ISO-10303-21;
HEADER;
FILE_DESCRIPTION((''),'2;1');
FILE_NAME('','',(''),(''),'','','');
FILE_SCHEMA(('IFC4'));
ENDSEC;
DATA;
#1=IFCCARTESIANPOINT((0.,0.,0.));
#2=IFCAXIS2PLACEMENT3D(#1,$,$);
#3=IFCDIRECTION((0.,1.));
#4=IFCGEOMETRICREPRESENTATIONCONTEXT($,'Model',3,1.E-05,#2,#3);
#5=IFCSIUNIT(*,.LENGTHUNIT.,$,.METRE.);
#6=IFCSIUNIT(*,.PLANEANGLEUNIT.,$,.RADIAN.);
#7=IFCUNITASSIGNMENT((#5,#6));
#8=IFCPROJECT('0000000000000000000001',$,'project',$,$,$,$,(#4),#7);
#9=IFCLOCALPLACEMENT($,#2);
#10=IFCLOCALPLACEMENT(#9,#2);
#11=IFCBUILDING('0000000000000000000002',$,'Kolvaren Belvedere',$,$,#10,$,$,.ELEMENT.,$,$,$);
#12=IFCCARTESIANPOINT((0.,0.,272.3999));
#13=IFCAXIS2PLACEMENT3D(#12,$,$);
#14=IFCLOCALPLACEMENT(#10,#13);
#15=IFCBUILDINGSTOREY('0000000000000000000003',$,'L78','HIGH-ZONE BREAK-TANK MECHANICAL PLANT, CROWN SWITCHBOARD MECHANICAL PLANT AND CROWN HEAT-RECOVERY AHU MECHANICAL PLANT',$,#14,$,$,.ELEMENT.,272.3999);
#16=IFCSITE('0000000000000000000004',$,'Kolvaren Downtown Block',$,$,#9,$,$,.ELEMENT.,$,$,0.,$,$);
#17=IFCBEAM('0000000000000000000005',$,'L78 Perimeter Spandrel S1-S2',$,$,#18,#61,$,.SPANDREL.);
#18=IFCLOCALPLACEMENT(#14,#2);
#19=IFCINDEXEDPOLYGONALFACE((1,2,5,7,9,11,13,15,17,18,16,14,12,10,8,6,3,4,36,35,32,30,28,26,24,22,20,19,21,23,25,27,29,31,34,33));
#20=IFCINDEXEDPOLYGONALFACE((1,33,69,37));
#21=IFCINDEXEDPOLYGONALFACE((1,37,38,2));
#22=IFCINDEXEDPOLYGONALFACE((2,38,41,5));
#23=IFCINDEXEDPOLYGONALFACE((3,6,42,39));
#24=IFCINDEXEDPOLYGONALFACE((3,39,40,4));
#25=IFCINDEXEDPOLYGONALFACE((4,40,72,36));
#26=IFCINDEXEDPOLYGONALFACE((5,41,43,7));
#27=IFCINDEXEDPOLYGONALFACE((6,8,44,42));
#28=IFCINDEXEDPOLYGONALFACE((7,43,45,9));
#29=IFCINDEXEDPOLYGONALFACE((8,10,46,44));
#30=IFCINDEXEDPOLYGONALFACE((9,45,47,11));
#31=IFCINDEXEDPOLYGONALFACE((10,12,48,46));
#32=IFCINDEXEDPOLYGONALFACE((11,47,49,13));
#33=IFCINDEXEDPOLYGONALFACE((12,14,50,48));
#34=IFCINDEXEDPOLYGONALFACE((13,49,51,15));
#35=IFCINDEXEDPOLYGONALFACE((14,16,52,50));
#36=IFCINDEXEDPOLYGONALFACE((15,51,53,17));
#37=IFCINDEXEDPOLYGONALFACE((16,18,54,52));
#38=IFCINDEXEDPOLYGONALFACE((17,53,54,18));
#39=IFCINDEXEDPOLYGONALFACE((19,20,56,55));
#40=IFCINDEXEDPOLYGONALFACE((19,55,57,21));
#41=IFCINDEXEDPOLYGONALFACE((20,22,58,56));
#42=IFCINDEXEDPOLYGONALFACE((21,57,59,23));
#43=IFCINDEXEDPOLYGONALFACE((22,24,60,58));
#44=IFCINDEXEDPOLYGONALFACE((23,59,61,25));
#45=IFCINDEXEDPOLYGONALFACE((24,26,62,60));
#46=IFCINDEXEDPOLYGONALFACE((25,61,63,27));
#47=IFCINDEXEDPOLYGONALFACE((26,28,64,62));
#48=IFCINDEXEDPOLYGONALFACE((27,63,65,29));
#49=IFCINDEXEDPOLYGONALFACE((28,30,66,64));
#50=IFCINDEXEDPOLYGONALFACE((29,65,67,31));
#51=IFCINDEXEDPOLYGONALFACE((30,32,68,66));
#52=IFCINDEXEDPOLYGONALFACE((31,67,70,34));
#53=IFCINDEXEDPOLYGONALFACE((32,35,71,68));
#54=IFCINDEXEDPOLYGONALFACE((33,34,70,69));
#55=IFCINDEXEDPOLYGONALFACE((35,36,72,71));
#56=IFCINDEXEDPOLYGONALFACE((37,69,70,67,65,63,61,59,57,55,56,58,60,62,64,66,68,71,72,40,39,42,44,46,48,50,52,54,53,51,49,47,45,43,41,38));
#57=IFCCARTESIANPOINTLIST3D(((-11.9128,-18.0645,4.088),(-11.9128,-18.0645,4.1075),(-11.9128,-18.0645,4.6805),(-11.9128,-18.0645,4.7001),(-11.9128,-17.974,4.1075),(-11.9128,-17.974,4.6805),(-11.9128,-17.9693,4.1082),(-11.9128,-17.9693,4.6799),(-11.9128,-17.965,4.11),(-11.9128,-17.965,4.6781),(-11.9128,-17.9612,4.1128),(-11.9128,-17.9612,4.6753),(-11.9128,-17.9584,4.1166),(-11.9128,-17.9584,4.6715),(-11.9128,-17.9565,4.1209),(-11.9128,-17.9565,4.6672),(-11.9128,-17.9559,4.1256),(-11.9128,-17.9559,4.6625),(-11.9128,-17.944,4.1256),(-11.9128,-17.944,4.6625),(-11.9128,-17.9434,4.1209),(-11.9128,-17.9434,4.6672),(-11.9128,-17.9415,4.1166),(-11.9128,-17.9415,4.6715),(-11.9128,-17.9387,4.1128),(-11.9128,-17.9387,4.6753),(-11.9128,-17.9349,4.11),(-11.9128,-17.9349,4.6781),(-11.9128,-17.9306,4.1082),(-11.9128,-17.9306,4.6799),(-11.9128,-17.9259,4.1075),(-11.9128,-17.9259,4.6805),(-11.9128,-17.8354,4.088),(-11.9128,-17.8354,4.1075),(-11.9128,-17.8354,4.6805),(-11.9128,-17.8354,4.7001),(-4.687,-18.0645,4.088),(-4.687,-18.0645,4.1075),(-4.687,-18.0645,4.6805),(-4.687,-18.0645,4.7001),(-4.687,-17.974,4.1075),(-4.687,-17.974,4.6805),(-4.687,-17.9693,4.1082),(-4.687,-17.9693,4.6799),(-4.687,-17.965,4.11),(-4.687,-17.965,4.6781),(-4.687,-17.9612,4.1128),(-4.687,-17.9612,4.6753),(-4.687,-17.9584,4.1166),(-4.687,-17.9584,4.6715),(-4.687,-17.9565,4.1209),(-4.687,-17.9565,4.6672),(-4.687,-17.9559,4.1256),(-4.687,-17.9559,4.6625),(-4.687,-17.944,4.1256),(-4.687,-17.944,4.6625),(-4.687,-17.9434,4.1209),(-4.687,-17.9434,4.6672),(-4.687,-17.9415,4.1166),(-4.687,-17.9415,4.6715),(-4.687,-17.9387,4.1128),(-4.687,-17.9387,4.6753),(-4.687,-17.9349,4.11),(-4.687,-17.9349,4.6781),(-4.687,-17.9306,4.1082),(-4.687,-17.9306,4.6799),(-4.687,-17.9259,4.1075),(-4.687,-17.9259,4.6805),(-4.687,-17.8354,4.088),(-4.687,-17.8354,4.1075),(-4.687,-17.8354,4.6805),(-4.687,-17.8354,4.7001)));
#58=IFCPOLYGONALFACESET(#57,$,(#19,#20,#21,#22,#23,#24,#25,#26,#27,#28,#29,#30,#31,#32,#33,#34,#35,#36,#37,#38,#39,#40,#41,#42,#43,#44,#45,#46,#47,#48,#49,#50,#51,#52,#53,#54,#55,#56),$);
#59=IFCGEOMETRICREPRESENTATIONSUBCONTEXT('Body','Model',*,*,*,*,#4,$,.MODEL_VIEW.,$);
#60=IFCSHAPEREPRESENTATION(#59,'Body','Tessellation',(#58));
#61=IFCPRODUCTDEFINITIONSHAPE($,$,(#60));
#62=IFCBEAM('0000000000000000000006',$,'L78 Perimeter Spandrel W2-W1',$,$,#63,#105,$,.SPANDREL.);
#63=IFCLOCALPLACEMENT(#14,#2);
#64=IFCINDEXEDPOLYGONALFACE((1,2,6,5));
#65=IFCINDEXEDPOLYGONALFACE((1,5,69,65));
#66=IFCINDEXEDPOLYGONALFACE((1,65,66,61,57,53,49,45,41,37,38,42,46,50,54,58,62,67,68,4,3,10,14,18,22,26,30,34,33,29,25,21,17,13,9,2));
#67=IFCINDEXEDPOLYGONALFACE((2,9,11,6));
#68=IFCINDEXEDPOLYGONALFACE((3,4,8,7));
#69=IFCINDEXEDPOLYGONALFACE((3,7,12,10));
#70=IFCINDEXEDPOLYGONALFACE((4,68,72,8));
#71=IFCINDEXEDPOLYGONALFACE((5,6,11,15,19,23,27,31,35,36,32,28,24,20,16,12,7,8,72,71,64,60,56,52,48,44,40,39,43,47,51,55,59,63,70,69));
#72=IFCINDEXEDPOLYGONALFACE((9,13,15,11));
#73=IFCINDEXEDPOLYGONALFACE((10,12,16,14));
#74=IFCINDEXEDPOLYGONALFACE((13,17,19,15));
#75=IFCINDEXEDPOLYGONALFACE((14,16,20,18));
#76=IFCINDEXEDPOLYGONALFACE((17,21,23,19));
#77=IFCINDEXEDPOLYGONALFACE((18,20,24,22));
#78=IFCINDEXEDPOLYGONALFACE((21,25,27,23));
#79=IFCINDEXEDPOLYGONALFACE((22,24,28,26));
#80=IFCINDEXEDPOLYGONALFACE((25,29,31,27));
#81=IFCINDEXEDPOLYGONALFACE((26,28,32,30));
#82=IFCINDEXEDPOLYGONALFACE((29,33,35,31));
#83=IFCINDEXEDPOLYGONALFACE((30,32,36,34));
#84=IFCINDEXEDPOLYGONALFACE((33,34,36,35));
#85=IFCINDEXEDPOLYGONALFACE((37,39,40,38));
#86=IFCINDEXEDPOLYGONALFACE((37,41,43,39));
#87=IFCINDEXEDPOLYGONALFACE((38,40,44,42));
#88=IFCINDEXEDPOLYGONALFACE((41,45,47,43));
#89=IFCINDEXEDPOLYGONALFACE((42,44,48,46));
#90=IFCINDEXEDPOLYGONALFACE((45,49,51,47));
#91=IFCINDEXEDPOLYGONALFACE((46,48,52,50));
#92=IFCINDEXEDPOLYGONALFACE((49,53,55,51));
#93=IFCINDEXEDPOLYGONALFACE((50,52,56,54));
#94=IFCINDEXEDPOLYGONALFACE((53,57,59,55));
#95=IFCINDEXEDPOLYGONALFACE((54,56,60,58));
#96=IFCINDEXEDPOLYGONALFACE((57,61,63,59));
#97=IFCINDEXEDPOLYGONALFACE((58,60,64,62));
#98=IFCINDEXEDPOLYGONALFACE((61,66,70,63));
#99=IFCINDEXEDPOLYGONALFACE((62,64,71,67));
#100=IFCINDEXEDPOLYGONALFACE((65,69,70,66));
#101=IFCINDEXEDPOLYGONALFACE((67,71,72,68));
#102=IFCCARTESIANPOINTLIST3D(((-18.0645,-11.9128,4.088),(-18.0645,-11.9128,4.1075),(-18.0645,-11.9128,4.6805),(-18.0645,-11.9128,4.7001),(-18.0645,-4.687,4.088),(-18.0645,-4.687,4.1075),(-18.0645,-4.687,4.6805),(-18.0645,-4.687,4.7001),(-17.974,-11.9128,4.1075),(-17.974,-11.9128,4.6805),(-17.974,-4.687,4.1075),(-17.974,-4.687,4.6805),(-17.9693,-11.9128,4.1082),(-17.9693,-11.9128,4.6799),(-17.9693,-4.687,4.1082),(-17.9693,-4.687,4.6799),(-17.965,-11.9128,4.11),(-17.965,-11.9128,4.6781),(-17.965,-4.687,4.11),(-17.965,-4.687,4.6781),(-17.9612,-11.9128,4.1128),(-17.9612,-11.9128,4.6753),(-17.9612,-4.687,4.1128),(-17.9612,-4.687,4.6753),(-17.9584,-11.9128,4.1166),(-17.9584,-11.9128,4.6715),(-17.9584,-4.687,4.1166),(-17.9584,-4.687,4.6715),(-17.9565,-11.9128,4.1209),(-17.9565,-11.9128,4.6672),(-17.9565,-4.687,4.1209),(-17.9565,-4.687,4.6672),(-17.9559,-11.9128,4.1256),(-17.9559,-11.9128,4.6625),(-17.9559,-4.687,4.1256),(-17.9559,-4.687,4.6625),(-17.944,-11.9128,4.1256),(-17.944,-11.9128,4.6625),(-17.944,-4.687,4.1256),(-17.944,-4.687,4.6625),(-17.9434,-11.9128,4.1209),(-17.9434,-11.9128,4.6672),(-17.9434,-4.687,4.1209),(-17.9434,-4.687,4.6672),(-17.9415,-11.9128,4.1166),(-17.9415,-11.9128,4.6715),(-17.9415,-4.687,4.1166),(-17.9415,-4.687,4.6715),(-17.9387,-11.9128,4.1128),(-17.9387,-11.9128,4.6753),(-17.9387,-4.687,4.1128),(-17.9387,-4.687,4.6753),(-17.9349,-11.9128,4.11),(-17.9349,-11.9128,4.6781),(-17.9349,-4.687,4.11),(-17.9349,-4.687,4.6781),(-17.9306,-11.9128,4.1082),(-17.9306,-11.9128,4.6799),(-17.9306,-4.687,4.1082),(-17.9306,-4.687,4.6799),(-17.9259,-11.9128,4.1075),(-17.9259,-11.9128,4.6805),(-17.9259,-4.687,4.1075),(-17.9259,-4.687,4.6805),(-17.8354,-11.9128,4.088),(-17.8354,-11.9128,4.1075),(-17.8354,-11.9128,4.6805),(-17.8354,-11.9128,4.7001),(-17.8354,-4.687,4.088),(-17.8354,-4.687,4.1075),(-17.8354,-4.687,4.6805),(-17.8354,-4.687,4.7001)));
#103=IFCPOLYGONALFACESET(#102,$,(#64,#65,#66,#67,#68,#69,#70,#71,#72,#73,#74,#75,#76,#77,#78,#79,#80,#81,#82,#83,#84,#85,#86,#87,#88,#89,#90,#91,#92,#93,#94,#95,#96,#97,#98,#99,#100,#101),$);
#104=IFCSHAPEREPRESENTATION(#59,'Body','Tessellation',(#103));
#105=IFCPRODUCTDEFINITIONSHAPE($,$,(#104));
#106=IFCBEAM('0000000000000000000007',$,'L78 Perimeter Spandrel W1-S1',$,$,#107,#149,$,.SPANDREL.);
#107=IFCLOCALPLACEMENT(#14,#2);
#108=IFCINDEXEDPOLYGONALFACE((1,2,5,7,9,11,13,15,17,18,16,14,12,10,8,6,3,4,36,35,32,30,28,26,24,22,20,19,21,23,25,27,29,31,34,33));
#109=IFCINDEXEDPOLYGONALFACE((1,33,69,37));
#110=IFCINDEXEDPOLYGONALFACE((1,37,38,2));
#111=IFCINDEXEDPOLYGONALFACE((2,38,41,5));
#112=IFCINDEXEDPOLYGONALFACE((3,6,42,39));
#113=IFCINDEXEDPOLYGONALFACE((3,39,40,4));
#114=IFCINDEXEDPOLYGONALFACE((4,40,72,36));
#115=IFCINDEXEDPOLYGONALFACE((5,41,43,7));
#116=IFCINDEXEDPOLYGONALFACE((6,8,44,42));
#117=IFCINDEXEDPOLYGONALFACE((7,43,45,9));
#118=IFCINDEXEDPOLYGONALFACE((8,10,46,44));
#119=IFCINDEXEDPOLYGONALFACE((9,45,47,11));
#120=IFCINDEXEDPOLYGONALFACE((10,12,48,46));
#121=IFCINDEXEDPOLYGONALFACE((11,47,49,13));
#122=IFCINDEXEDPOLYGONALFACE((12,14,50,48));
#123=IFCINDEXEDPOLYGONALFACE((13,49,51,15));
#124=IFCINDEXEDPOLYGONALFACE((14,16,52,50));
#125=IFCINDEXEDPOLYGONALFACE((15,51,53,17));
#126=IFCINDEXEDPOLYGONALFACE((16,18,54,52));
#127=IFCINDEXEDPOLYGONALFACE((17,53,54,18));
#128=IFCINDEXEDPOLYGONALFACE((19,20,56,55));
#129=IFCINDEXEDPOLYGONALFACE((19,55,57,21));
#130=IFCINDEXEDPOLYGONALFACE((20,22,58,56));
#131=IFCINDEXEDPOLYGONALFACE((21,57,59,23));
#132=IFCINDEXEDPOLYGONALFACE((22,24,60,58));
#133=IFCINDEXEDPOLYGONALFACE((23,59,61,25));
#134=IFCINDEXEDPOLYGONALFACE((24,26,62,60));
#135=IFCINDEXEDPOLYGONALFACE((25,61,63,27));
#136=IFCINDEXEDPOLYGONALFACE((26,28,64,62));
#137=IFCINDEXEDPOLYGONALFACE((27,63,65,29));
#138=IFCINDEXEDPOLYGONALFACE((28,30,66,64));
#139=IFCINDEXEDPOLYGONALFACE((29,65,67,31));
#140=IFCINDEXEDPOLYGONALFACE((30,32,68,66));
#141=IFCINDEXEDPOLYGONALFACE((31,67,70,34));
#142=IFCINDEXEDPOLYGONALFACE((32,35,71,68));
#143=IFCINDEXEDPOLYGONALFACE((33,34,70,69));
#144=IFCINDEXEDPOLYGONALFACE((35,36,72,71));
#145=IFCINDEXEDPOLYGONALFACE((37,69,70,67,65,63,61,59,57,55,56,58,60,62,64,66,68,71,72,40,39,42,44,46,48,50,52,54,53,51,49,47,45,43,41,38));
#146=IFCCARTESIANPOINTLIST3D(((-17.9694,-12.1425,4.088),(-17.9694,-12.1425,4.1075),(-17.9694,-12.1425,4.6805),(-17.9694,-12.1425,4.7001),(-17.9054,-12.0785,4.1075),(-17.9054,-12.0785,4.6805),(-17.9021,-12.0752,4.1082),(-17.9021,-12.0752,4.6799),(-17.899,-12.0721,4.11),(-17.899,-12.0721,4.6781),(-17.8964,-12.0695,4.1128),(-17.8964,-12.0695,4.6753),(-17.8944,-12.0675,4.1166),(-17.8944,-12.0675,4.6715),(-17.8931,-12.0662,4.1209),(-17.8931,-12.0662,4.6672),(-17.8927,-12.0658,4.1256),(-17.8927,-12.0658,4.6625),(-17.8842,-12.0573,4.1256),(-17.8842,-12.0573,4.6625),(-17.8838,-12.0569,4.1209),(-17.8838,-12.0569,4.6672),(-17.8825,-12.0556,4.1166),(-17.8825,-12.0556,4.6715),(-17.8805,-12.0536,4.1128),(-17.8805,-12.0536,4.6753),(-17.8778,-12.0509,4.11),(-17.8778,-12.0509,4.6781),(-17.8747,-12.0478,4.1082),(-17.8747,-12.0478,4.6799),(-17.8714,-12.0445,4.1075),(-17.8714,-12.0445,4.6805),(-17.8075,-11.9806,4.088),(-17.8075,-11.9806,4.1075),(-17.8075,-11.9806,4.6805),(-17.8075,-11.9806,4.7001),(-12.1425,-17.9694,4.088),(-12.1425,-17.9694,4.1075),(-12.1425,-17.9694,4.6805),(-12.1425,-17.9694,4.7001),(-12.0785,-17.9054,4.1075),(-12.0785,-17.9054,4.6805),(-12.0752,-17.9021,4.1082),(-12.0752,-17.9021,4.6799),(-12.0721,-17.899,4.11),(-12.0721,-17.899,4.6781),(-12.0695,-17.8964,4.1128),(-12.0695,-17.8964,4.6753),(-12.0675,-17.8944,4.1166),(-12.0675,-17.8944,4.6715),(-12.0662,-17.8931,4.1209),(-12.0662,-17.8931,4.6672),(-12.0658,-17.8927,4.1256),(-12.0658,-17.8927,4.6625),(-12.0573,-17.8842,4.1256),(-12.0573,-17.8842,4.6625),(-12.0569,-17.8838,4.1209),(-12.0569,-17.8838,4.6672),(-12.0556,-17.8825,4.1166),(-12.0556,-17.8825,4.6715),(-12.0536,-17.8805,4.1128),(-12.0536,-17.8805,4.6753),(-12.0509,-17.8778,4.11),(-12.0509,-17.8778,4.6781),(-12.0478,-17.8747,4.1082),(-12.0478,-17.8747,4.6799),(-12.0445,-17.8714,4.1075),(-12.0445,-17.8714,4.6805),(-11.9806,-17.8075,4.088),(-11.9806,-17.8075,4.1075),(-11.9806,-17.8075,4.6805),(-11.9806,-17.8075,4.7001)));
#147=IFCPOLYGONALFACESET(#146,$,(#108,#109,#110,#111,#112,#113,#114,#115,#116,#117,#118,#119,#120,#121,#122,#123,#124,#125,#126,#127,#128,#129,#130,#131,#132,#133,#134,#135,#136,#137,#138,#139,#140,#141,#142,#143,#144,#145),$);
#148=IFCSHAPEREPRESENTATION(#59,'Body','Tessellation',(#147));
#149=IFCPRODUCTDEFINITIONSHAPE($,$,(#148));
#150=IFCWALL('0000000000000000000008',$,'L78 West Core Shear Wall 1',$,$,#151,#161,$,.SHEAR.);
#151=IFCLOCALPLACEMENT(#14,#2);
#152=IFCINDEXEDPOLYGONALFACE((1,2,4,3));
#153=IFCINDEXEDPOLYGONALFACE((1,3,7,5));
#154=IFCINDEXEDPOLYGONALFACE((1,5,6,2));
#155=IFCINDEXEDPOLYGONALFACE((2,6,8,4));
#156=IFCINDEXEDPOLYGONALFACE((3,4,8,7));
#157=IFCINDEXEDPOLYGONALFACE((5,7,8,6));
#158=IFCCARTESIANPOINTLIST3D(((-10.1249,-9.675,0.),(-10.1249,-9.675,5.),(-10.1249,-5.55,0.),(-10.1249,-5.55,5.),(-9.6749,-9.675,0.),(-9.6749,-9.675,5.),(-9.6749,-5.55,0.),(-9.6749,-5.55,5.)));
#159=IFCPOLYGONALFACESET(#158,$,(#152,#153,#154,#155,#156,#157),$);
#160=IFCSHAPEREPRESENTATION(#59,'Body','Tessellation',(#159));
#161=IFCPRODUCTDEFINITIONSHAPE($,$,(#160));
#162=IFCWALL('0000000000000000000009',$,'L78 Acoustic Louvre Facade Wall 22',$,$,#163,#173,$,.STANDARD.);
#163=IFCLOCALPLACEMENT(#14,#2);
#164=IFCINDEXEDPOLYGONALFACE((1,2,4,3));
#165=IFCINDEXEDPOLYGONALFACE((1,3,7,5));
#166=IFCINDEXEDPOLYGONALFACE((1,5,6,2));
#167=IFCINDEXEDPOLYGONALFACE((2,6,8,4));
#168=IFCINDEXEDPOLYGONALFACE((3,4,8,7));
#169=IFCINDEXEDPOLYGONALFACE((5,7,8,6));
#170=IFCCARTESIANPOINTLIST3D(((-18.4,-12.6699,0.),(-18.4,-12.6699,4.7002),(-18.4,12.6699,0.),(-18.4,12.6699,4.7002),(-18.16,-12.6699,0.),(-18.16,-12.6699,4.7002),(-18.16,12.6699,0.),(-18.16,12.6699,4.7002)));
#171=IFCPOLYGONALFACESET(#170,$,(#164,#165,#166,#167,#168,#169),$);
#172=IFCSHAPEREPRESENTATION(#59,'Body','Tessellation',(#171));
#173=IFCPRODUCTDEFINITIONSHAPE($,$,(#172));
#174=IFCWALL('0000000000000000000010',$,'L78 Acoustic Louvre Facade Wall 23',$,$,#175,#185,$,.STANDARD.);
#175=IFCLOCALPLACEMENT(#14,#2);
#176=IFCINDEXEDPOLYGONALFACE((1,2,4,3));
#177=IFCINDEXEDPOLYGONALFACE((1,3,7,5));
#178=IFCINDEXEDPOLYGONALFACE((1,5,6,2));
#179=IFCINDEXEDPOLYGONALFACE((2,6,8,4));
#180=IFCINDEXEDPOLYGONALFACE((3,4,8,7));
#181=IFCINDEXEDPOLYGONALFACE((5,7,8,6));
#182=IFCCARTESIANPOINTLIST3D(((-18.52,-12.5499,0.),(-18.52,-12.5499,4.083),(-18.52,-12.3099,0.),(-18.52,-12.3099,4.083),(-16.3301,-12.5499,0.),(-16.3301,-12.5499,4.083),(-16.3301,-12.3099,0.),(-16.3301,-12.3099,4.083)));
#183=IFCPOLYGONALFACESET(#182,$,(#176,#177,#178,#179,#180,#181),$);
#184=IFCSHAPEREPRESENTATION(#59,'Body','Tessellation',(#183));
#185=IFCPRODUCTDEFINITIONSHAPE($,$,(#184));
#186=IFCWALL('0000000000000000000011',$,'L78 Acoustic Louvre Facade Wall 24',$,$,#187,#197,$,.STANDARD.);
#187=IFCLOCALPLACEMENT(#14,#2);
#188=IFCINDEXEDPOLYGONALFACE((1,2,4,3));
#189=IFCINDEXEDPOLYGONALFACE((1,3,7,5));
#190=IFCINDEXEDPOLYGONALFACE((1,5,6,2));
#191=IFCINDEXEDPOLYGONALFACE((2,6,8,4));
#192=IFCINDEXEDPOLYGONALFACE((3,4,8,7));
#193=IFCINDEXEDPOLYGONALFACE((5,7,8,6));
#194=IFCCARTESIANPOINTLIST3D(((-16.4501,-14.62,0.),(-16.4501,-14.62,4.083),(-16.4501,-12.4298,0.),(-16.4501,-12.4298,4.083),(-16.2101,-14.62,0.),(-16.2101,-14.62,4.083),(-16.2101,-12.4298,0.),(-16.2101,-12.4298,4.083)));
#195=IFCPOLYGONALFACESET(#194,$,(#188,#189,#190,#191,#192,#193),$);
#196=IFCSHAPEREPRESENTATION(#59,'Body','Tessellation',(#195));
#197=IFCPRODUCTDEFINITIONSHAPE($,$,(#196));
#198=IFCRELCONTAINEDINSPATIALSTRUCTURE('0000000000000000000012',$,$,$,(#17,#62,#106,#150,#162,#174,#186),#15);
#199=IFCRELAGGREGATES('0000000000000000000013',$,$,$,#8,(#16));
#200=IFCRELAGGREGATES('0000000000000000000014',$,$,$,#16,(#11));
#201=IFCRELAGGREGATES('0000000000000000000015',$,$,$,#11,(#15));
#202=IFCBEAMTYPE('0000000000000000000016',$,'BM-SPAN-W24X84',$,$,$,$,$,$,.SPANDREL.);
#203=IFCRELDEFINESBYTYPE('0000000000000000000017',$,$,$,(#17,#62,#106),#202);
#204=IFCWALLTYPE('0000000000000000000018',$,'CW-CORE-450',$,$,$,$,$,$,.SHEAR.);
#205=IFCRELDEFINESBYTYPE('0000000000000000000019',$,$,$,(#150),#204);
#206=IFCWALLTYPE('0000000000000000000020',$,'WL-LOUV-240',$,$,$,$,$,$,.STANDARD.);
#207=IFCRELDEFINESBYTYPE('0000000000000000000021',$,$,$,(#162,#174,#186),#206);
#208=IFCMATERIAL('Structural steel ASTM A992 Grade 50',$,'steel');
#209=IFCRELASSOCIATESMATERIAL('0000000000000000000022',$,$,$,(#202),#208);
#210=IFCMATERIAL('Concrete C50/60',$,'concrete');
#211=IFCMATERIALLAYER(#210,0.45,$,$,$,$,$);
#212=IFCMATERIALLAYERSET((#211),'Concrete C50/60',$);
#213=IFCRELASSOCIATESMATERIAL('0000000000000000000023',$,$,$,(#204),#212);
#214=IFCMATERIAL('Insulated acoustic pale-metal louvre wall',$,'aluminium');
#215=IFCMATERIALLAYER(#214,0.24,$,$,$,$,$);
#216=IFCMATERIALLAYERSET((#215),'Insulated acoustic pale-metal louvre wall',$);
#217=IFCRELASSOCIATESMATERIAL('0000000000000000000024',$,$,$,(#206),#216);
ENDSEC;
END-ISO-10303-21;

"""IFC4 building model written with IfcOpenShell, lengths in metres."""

from ifc_helpers import new_model, si_unit, direction, frame, frame_2d, origin, origin_2d, place, context, subcontext, project, spatial, rectangle, i_section, extrude, material, layer, layer_set, material_profile, profile_set, type_object, element, save


model = new_model("IFC4")

# Units and contexts
model_context = context("Model", 3, precision=1e-05, world=origin(), true_north=direction((0.0, 1.0)))
body_context = subcontext(model_context, "Body", "Model", "MODEL_VIEW")
ifc_project = project(units=[si_unit("LENGTHUNIT", "METRE"), si_unit("PLANEANGLEUNIT", "RADIAN")], contexts=[model_context])

# Site, building, storey
site_placement = place(None, origin())
site = spatial("IfcSite", under=ifc_project, at=site_placement, Name="Kolvaren Downtown Block", CompositionType="ELEMENT", RefElevation=0.0)
building_placement = place(site_placement, origin())
building = spatial("IfcBuilding", under=site, at=building_placement, Name="Kolvaren Belvedere", CompositionType="ELEMENT")
storey_placement = place(building_placement, frame((0.0, 0.0, 272.3999)))
storey = spatial("IfcBuildingStorey", under=building, at=storey_placement, Name="L78", Description="HIGH-ZONE BREAK-TANK MECHANICAL PLANT, CROWN SWITCHBOARD MECHANICAL PLANT AND CROWN HEAT-RECOVERY AHU MECHANICAL PLANT", CompositionType="ELEMENT", Elevation=272.3999)

# Beams
ifc_material_1 = material(Name="Structural steel ASTM A992 Grade 50", Category="steel")
ifc_material_profile_1 = material_profile(ifc_material_1, i_section(OverallWidth=0.229, OverallDepth=0.6121, WebThickness=0.012, FlangeThickness=0.0195, FilletRadius=0.0181, at=origin_2d()), Name="W24X84")
ifc_profile_set_1 = profile_set([ifc_material_profile_1], Name="Structural steel ASTM A992 Grade 50")
beam_type_1 = type_object("IfcBeamType", Name="BM-SPAN-W24X84", PredefinedType="SPANDREL", material=ifc_profile_set_1)
for number, where, z_axis, x_axis, name in (
    (1, (-11.9128, -17.95, 4.394), (1.0, 0.0, 0.0), (0.0, 1.0, 0.0), "L78 Perimeter Spandrel S1-S2"),
    (2, (-17.95, -4.687, 4.394), (0.0, -1.0, 0.0), (1.0, 0.0, 0.0), "L78 Perimeter Spandrel W2-W1"),
):
    element("IfcBeam", number, at=place(storey_placement, frame(where, z_axis=z_axis, x_axis=x_axis)), inside=storey, type_object=beam_type_1, Name=name, PredefinedType="SPANDREL", context=body_context, shape_type="SweptSolid", body=[
        extrude(i_section(OverallWidth=0.229, OverallDepth=0.6121, WebThickness=0.012, FlangeThickness=0.0195, FilletRadius=0.0181, at=origin_2d()), origin(), (0.0, 0.0, 1.0), 7.2258),
    ])
beam_1_placement = place(storey_placement, frame((-17.8884, -12.0615, 4.394), z_axis=(0.707107, -0.707107, 0.0), x_axis=(0.707107, 0.707107, 0.0)))
element("IfcBeam", 3, at=beam_1_placement, inside=storey, type_object=beam_type_1, Name="L78 Perimeter Spandrel W1-S1", PredefinedType="SPANDREL", context=body_context, shape_type="SweptSolid", body=[
    extrude(i_section(OverallWidth=0.229, OverallDepth=0.6121, WebThickness=0.012, FlangeThickness=0.0195, FilletRadius=0.0181, at=origin_2d()), origin(), (0.0, 0.0, 1.0), 8.2405),
])

# Walls
ifc_material_2 = material(Name="Concrete C50/60", Category="concrete")
ifc_layer_1 = layer(ifc_material_2, 0.45)
ifc_layer_set_1 = layer_set([ifc_layer_1], Name="Concrete C50/60")
wall_type_1 = type_object("IfcWallType", Name="CW-CORE-450", PredefinedType="SHEAR", material=ifc_layer_set_1)
wall_1_placement = place(storey_placement, frame((-9.8999, -9.675, 0.0), z_axis=(0.0, 0.0, 1.0), x_axis=(0.0, 1.0, 0.0)))
element("IfcWall", 4, at=wall_1_placement, inside=storey, type_object=wall_type_1, Name="L78 West Core Shear Wall 1", PredefinedType="SHEAR", context=body_context, shape_type="SweptSolid", body=[
    extrude(rectangle(XDim=4.125, YDim=0.45, at=frame_2d((2.0625, 0.0))), origin(), (0.0, 0.0, 1.0), 5.0),
])
ifc_material_3 = material(Name="Insulated acoustic pale-metal louvre wall", Category="aluminium")
ifc_layer_2 = layer(ifc_material_3, 0.24)
ifc_layer_set_2 = layer_set([ifc_layer_2], Name="Insulated acoustic pale-metal louvre wall")
wall_type_2 = type_object("IfcWallType", Name="WL-LOUV-240", PredefinedType="STANDARD", material=ifc_layer_set_2)
wall_2_placement = place(storey_placement, frame((-18.28, -12.6699, 0.0), z_axis=(0.0, 0.0, 1.0), x_axis=(0.0, 1.0, 0.0)))
element("IfcWall", 5, at=wall_2_placement, inside=storey, type_object=wall_type_2, Name="L78 Acoustic Louvre Facade Wall 22", PredefinedType="STANDARD", context=body_context, shape_type="SweptSolid", body=[
    extrude(rectangle(XDim=25.3398, YDim=0.24, at=frame_2d((12.6699, 0.0))), origin(), (0.0, 0.0, 1.0), 4.7002),
])
wall_3_placement = place(storey_placement, frame((-16.3301, -12.4299, 0.0), z_axis=(0.0, 0.0, 1.0), x_axis=(-1.0, 0.0, 0.0)))
element("IfcWall", 6, at=wall_3_placement, inside=storey, type_object=wall_type_2, Name="L78 Acoustic Louvre Facade Wall 23", PredefinedType="STANDARD", context=body_context, shape_type="SweptSolid", body=[
    extrude(rectangle(XDim=2.1899, YDim=0.24, at=frame_2d((1.095, 0.0))), origin(), (0.0, 0.0, 1.0), 4.083),
])
for number, where, z_axis, x_axis, name in (
    (7, (-16.3301, -14.6201, 0.0), (0.0, 0.0, 1.0), (0.0, 1.0, 0.0), "L78 Acoustic Louvre Facade Wall 24"),
):
    element("IfcWall", number, at=place(storey_placement, frame(where, z_axis=z_axis, x_axis=x_axis)), inside=storey, type_object=wall_type_2, Name=name, PredefinedType="STANDARD", context=body_context, shape_type="SweptSolid", body=[
        extrude(rectangle(XDim=2.1902, YDim=0.24, at=frame_2d((1.0952, 0.0))), origin(), (0.0, 0.0, 1.0), 4.083),
    ])

save(model, "model.ifc")
